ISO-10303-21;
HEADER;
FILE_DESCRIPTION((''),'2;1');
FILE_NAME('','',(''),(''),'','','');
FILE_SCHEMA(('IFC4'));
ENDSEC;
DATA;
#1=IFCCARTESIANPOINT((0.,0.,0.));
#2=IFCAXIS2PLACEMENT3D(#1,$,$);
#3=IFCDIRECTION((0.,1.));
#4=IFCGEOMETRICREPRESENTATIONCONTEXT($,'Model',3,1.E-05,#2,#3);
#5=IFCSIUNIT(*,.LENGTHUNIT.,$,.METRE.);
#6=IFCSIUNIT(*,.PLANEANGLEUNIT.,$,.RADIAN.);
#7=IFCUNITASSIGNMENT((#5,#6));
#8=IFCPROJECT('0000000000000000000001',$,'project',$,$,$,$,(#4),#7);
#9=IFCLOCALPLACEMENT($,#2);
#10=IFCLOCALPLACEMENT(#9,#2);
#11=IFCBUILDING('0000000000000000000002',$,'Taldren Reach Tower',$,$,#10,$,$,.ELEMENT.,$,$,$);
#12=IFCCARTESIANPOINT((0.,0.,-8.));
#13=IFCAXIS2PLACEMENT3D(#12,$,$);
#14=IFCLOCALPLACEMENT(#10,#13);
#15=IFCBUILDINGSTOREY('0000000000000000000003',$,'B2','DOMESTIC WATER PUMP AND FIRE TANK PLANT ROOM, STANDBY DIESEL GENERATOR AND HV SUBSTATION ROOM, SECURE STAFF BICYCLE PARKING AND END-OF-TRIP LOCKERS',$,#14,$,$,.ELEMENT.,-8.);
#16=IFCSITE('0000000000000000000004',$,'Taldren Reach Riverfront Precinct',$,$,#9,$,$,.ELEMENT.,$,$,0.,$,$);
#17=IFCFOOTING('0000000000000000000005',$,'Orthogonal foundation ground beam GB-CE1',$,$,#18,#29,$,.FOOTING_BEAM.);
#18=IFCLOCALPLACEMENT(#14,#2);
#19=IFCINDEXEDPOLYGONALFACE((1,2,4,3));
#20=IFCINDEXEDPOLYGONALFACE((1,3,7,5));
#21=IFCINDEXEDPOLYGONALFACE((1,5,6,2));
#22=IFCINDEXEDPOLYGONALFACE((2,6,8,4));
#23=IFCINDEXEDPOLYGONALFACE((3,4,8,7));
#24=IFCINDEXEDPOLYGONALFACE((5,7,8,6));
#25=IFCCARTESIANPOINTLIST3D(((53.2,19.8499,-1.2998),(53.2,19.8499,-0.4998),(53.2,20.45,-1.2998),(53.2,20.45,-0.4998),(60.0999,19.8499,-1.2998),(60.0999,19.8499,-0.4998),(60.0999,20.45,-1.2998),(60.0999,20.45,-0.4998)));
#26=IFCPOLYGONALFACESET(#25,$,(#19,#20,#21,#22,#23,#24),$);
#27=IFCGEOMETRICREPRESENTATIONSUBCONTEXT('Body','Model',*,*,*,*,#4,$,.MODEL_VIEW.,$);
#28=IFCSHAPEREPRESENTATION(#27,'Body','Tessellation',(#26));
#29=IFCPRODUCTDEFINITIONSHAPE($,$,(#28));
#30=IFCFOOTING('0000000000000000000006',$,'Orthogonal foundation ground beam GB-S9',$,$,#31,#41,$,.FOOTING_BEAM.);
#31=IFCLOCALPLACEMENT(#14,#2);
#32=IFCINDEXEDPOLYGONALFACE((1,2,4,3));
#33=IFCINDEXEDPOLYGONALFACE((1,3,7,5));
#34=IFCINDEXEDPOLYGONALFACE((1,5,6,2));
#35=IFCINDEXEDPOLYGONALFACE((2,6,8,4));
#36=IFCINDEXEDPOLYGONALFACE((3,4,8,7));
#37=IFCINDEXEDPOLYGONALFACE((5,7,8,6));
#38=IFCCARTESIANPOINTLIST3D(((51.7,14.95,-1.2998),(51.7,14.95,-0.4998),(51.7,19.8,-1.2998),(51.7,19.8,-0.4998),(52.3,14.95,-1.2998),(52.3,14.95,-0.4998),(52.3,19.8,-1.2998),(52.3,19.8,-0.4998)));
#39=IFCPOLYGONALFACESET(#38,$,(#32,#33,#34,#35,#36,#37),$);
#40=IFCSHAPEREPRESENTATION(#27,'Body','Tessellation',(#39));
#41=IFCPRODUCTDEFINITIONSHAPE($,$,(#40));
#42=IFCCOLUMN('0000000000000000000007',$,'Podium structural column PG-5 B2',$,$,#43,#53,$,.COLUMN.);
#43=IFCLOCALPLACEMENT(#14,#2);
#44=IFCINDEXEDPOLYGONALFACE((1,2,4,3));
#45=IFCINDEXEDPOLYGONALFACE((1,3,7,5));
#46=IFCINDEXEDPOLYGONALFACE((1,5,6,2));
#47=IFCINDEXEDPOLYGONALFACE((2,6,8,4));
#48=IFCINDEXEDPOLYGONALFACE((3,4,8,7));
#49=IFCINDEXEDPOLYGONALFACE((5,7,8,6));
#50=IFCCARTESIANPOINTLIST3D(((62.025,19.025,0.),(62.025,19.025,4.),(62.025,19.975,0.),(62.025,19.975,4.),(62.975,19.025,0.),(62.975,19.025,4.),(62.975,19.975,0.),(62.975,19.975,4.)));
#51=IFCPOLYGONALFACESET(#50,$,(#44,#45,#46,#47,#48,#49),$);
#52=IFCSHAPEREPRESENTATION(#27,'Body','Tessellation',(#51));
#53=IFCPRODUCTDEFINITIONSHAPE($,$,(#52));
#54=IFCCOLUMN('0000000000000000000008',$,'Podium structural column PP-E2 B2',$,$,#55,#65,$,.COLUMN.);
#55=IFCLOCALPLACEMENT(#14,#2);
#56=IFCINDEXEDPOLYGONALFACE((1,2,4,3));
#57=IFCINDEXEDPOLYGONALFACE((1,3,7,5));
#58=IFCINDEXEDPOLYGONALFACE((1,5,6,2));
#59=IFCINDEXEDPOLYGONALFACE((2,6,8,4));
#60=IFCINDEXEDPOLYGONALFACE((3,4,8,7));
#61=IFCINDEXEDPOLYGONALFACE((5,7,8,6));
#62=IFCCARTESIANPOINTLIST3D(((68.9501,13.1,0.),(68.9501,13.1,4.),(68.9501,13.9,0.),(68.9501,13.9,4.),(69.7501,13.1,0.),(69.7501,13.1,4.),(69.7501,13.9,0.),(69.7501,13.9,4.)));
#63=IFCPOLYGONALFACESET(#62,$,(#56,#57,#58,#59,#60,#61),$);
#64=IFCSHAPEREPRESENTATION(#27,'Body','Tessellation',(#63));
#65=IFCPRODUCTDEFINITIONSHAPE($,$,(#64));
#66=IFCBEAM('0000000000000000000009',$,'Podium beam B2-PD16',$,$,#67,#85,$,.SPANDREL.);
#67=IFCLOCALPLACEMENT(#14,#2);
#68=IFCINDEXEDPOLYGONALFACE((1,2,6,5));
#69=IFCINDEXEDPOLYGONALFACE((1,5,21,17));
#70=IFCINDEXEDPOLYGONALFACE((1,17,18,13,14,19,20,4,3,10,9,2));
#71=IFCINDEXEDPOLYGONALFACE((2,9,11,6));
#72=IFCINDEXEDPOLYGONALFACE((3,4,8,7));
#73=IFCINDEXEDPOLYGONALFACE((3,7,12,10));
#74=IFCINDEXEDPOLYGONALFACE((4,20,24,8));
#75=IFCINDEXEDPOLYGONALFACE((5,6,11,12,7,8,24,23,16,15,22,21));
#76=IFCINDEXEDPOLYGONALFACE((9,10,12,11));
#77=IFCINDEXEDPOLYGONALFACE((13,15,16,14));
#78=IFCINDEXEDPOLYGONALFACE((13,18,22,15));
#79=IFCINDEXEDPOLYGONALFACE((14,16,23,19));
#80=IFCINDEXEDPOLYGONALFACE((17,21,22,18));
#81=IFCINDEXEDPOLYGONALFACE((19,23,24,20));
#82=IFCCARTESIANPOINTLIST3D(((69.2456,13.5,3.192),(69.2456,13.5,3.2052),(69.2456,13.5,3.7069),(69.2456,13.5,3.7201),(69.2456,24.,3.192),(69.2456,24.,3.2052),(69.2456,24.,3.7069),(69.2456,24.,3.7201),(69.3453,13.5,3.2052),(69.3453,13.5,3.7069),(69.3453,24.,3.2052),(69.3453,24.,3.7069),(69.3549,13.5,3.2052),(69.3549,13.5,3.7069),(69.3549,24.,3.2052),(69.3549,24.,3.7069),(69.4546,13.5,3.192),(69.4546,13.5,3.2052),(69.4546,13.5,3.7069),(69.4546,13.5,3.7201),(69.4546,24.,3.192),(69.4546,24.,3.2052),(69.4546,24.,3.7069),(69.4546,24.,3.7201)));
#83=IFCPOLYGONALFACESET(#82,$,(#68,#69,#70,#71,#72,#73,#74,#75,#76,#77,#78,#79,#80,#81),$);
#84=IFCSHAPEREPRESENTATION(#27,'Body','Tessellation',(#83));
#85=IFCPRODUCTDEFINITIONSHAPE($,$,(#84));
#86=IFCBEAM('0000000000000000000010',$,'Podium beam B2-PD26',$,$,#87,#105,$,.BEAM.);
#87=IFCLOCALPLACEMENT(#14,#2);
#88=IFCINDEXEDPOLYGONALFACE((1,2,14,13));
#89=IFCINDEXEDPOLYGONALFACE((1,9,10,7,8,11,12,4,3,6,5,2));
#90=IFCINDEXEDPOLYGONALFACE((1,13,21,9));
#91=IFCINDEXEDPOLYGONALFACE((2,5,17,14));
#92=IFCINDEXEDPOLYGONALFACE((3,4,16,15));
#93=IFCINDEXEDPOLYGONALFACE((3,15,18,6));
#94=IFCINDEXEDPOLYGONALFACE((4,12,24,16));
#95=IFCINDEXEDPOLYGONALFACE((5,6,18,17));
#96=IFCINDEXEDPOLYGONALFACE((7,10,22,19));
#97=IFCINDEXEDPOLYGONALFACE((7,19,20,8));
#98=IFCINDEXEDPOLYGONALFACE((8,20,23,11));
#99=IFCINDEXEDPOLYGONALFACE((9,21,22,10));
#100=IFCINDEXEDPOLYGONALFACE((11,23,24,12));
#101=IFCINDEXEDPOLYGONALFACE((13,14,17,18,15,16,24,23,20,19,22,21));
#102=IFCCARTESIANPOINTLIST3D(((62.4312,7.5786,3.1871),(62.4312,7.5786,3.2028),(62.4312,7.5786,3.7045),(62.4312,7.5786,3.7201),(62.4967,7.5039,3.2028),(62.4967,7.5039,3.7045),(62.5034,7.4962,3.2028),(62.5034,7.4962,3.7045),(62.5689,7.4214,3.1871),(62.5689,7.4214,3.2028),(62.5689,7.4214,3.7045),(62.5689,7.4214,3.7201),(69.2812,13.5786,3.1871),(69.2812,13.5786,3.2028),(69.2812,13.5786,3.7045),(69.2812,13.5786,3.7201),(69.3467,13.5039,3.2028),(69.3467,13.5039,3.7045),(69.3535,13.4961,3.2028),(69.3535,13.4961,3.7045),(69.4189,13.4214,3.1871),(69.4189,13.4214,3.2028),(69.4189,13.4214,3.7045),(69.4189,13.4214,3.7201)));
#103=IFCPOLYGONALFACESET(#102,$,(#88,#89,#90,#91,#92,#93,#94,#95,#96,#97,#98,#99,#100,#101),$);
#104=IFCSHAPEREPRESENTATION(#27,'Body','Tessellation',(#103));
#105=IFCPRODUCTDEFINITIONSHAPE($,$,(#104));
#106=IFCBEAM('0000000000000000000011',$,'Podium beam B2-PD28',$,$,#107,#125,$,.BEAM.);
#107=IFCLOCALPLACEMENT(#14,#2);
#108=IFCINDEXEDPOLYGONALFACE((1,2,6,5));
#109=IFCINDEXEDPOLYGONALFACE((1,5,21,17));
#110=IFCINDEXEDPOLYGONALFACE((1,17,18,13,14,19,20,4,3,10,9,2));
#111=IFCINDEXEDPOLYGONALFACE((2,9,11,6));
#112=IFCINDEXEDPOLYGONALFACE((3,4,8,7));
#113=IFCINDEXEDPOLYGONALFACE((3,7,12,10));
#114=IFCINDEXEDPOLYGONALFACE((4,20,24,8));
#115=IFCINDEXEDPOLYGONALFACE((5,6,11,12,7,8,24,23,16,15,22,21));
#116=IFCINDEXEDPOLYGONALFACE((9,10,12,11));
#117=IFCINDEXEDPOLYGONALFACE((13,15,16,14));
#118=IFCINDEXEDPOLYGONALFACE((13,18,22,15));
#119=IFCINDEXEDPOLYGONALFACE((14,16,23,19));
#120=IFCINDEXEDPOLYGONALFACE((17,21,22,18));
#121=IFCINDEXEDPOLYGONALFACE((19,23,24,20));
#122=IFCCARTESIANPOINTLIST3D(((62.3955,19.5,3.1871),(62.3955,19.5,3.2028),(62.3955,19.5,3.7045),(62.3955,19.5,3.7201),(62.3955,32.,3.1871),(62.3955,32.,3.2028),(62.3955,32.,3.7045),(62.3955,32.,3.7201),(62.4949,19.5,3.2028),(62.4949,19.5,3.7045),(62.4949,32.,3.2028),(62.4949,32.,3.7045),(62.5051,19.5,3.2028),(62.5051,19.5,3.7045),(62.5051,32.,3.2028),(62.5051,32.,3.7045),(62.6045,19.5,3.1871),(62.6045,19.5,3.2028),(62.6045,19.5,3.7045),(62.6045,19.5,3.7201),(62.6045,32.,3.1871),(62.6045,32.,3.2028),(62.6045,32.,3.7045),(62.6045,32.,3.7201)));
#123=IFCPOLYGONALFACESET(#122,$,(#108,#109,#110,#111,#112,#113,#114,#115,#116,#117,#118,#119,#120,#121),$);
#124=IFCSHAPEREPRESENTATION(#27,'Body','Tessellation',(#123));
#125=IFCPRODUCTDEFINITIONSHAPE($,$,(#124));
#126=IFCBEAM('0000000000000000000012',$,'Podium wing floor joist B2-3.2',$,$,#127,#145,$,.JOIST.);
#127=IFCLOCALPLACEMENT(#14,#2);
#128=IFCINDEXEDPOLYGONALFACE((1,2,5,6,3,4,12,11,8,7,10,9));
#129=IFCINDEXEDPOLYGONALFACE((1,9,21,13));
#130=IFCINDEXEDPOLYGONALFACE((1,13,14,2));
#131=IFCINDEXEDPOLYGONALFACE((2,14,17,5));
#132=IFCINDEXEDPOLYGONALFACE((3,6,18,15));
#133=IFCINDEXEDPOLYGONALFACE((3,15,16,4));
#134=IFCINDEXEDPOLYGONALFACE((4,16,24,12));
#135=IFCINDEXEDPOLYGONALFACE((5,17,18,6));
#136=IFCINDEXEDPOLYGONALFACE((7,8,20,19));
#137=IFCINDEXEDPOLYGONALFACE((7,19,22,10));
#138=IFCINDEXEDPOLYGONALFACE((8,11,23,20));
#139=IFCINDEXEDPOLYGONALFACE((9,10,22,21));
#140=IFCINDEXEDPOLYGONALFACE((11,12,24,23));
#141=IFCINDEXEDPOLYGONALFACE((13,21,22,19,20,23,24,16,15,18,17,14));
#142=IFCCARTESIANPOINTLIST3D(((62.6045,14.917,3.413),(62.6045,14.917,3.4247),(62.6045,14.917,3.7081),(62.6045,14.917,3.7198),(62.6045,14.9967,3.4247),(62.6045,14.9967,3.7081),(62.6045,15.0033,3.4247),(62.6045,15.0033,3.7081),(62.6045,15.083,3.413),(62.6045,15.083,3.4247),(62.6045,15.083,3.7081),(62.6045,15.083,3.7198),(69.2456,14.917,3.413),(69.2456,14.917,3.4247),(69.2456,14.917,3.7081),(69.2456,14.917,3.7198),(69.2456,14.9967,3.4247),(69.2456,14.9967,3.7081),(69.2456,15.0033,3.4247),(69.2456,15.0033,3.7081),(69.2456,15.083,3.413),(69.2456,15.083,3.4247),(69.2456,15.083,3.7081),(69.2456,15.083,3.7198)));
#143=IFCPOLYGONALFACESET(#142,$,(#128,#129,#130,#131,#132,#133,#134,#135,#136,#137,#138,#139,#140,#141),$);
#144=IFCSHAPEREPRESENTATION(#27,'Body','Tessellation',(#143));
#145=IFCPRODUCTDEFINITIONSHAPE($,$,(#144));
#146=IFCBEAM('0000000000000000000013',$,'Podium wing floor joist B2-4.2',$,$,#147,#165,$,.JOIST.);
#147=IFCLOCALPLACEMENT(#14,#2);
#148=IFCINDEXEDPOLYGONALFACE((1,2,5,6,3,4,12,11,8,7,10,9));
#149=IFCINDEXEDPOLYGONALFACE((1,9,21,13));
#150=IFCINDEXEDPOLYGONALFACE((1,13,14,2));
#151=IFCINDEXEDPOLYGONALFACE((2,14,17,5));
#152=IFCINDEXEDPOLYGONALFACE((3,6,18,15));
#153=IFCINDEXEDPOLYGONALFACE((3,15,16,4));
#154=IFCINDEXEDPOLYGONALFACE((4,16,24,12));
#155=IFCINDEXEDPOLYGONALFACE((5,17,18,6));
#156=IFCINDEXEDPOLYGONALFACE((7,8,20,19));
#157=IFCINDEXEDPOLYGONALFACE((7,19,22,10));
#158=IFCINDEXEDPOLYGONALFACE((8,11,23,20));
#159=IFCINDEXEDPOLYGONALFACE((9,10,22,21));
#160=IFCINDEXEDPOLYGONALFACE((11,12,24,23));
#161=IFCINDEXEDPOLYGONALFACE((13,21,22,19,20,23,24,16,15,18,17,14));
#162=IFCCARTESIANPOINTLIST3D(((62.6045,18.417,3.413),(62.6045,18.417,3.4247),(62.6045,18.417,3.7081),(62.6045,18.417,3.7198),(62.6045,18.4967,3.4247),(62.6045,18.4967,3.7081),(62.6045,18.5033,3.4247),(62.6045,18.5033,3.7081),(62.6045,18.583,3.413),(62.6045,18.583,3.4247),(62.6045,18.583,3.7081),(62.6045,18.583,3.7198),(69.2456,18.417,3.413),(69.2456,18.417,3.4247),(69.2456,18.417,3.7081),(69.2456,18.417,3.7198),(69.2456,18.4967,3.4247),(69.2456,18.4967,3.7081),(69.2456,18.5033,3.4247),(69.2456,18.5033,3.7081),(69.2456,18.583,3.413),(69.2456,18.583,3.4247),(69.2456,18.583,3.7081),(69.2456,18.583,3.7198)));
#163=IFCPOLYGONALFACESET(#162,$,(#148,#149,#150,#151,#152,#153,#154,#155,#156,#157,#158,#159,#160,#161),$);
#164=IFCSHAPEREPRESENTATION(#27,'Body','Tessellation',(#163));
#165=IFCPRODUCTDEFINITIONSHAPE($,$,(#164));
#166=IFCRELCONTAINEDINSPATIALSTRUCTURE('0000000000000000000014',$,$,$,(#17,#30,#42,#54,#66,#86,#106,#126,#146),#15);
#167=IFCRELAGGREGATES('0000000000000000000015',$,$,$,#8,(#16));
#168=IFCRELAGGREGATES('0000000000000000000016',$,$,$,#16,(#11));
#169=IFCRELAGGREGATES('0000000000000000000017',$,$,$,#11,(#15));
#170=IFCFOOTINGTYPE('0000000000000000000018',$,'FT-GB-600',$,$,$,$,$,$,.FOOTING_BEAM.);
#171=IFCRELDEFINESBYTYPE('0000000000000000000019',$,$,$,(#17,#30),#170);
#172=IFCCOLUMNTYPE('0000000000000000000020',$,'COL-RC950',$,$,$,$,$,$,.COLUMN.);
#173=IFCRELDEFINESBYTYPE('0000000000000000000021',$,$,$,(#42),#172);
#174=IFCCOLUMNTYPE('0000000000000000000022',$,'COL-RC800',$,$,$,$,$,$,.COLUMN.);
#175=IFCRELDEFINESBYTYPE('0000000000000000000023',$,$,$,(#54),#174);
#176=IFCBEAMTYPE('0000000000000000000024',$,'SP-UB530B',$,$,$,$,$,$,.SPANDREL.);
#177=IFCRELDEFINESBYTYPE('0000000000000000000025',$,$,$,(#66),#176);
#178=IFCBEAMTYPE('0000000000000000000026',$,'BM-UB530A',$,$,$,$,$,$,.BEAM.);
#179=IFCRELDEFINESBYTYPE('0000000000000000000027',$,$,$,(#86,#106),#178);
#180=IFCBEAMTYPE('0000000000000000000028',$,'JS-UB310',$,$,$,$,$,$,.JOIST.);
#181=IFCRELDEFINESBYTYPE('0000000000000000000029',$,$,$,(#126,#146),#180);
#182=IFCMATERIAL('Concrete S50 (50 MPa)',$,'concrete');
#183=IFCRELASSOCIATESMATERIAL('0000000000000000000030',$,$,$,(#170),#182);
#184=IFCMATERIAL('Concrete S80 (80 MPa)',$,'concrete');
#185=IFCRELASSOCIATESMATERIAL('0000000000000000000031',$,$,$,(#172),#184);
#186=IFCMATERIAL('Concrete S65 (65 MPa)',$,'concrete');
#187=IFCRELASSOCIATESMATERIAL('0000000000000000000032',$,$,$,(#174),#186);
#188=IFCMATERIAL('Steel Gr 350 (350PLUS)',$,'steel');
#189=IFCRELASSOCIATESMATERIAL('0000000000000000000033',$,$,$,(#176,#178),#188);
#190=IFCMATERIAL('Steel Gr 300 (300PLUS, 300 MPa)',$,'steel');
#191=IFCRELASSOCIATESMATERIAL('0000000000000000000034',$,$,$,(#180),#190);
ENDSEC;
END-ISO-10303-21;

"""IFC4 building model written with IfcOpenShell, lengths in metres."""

from ifc_helpers import new_model, si_unit, direction, frame, origin, origin_2d, place, context, subcontext, project, spatial, rectangle, i_section, extrude, source, transform, mapped, material, material_profile, profile_set, type_object, element, save


model = new_model("IFC4")

# Units and contexts
model_context = context("Model", 3, precision=1e-05, world=origin(), true_north=direction((0.0, 1.0)))
body_context = subcontext(model_context, "Body", "Model", "MODEL_VIEW")
ifc_project = project(units=[si_unit("LENGTHUNIT", "METRE"), si_unit("PLANEANGLEUNIT", "RADIAN")], contexts=[model_context])

# Site, building, storey
site_placement = place(None, origin())
site = spatial("IfcSite", under=ifc_project, at=site_placement, Name="Taldren Reach Riverfront Precinct", CompositionType="ELEMENT", RefElevation=0.0)
building_placement = place(site_placement, origin())
building = spatial("IfcBuilding", under=site, at=building_placement, Name="Taldren Reach Tower", CompositionType="ELEMENT")
storey_placement = place(building_placement, frame((0.0, 0.0, -8.0)))
storey = spatial("IfcBuildingStorey", under=building, at=storey_placement, Name="B2", Description="DOMESTIC WATER PUMP AND FIRE TANK PLANT ROOM, STANDBY DIESEL GENERATOR AND HV SUBSTATION ROOM, SECURE STAFF BICYCLE PARKING AND END-OF-TRIP LOCKERS", CompositionType="ELEMENT", Elevation=-8.0)

# Shared definitions
ifc_material_1 = material(Name="Concrete S65 (65 MPa)", Category="concrete")

# Footings
ifc_material_2 = material(Name="Concrete S50 (50 MPa)", Category="concrete")
footing_type_1 = type_object("IfcFootingType", Name="FT-GB-600", PredefinedType="FOOTING_BEAM", material=ifc_material_2)
shared_shape_1 = source(origin(), body_context, "Body", "SweptSolid", [
    extrude(rectangle(XDim=6.8999, YDim=0.6001, at=origin_2d()), origin(), (0.0, 0.0, 1.0), 0.8),
])
footing_1_placement = place(storey_placement, frame((56.6499, 20.1499, -1.2998), z_axis=(0.0, 0.0, 1.0), x_axis=(1.0, 0.0, 0.0)))
element("IfcFooting", 1, at=footing_1_placement, inside=storey, type_object=footing_type_1, Name="Orthogonal foundation ground beam GB-CE1", PredefinedType="FOOTING_BEAM", context=body_context, shape_type="MappedRepresentation", body=[
    mapped(shared_shape_1, transform((0.0, 0.0, 0.0), scale=1.0)),
])
shared_shape_2 = source(origin(), body_context, "Body", "SweptSolid", [
    extrude(rectangle(XDim=4.8501, YDim=0.6001, at=origin_2d()), origin(), (0.0, 0.0, 1.0), 0.8),
])
footing_2_placement = place(storey_placement, frame((52.0, 17.375, -1.2998), z_axis=(0.0, 0.0, 1.0), x_axis=(0.0, 1.0, 0.0)))
element("IfcFooting", 2, at=footing_2_placement, inside=storey, type_object=footing_type_1, Name="Orthogonal foundation ground beam GB-S9", PredefinedType="FOOTING_BEAM", context=body_context, shape_type="MappedRepresentation", body=[
    mapped(shared_shape_2, transform((0.0, 0.0, 0.0), scale=1.0)),
])

# Columns
ifc_material_3 = material(Name="Concrete S80 (80 MPa)", Category="concrete")
ifc_material_profile_1 = material_profile(ifc_material_3, rectangle(XDim=0.95, YDim=0.95, at=origin_2d()), Name="RC-950x950")
ifc_profile_set_1 = profile_set([ifc_material_profile_1], Name="Concrete S80 (80 MPa)")
column_type_1 = type_object("IfcColumnType", Name="COL-RC950", PredefinedType="COLUMN", material=ifc_profile_set_1)
shared_shape_3 = source(origin(), body_context, "Body", "SweptSolid", [
    extrude(rectangle(XDim=0.95, YDim=0.95, at=origin_2d()), origin(), (0.0, 0.0, 1.0), 4.0),
])
column_1_placement = place(storey_placement, frame((62.5, 19.5, 0.0), z_axis=(0.0, 0.0, 1.0), x_axis=(1.0, 0.0, 0.0)))
element("IfcColumn", 3, at=column_1_placement, inside=storey, type_object=column_type_1, Name="Podium structural column PG-5 B2", PredefinedType="COLUMN", context=body_context, shape_type="MappedRepresentation", body=[
    mapped(shared_shape_3, transform((0.0, 0.0, 0.0), scale=1.0)),
])
ifc_material_profile_2 = material_profile(ifc_material_1, rectangle(XDim=0.8, YDim=0.8, at=origin_2d()), Name="RC-800x800")
ifc_profile_set_2 = profile_set([ifc_material_profile_2], Name="Concrete S65 (65 MPa)")
column_type_2 = type_object("IfcColumnType", Name="COL-RC800", PredefinedType="COLUMN", material=ifc_profile_set_2)
shared_shape_4 = source(origin(), body_context, "Body", "SweptSolid", [
    extrude(rectangle(XDim=0.8, YDim=0.8, at=origin_2d()), origin(), (0.0, 0.0, 1.0), 4.0),
])
column_2_placement = place(storey_placement, frame((69.3501, 13.5, 0.0), z_axis=(0.0, 0.0, 1.0), x_axis=(1.0, 0.0, 0.0)))
element("IfcColumn", 4, at=column_2_placement, inside=storey, type_object=column_type_2, Name="Podium structural column PP-E2 B2", PredefinedType="COLUMN", context=body_context, shape_type="MappedRepresentation", body=[
    mapped(shared_shape_4, transform((0.0, 0.0, 0.0), scale=1.0)),
])

# Beams
ifc_material_4 = material(Name="Steel Gr 350 (350PLUS)", Category="steel")
ifc_material_profile_3 = material_profile(ifc_material_4, i_section(OverallWidth=0.209, OverallDepth=0.5281, WebThickness=0.0095, FlangeThickness=0.0132, at=origin_2d()), Name="530UB82.0")
ifc_profile_set_3 = profile_set([ifc_material_profile_3], Name="Steel Gr 350 (350PLUS)")
beam_type_1 = type_object("IfcBeamType", Name="SP-UB530B", PredefinedType="SPANDREL", material=ifc_profile_set_3)
shared_shape_5 = source(origin(), body_context, "Body", "SweptSolid", [
    extrude(i_section(OverallWidth=0.209, OverallDepth=0.5281, WebThickness=0.0095, FlangeThickness=0.0132, at=origin_2d()), origin(), (0.0, 0.0, 1.0), 10.5),
])
beam_1_placement = place(storey_placement, frame((69.3501, 13.5, 3.4561), z_axis=(0.0, 1.0, 0.0), x_axis=(-1.0, 0.0, 0.0)))
element("IfcBeam", 5, at=beam_1_placement, inside=storey, type_object=beam_type_1, Name="Podium beam B2-PD16", PredefinedType="SPANDREL", context=body_context, shape_type="MappedRepresentation", body=[
    mapped(shared_shape_5, transform((0.0, 0.0, 0.0), scale=1.0)),
])
ifc_material_profile_4 = material_profile(ifc_material_4, i_section(OverallWidth=0.209, OverallDepth=0.533, WebThickness=0.0103, FlangeThickness=0.0156, at=origin_2d()), Name="530UB92.4")
ifc_profile_set_4 = profile_set([ifc_material_profile_4], Name="Steel Gr 350 (350PLUS)")
beam_type_2 = type_object("IfcBeamType", Name="BM-UB530A", PredefinedType="BEAM", material=ifc_profile_set_4)
shared_shape_6 = source(origin(), body_context, "Body", "SweptSolid", [
    extrude(i_section(OverallWidth=0.209, OverallDepth=0.533, WebThickness=0.0103, FlangeThickness=0.0156, at=origin_2d()), origin(), (0.0, 0.0, 1.0), 9.1062),
])
beam_2_placement = place(storey_placement, frame((69.3501, 13.5, 3.4536), z_axis=(-0.752241, -0.658888, 0.0), x_axis=(0.658888, -0.752241, 0.0)))
element("IfcBeam", 6, at=beam_2_placement, inside=storey, type_object=beam_type_2, Name="Podium beam B2-PD26", PredefinedType="BEAM", context=body_context, shape_type="MappedRepresentation", body=[
    mapped(shared_shape_6, transform((0.0, 0.0, 0.0), scale=1.0)),
])
shared_shape_7 = source(origin(), body_context, "Body", "SweptSolid", [
    extrude(i_section(OverallWidth=0.209, OverallDepth=0.533, WebThickness=0.0103, FlangeThickness=0.0156, at=origin_2d()), origin(), (0.0, 0.0, 1.0), 12.5),
])
beam_3_placement = place(storey_placement, frame((62.5, 19.5, 3.4536), z_axis=(0.0, 1.0, 0.0), x_axis=(-1.0, 0.0, 0.0)))
element("IfcBeam", 7, at=beam_3_placement, inside=storey, type_object=beam_type_2, Name="Podium beam B2-PD28", PredefinedType="BEAM", context=body_context, shape_type="MappedRepresentation", body=[
    mapped(shared_shape_7, transform((0.0, 0.0, 0.0), scale=1.0)),
])
ifc_material_5 = material(Name="Steel Gr 300 (300PLUS, 300 MPa)", Category="steel")
ifc_material_profile_5 = material_profile(ifc_material_5, i_section(OverallWidth=0.166, OverallDepth=0.3069, WebThickness=0.0066, FlangeThickness=0.0117, at=origin_2d()), Name="310UB46.2")
ifc_profile_set_5 = profile_set([ifc_material_profile_5], Name="Steel Gr 300 (300PLUS, 300 MPa)")
beam_type_3 = type_object("IfcBeamType", Name="JS-UB310", PredefinedType="JOIST", material=ifc_profile_set_5)
shared_shape_8 = source(origin(), body_context, "Body", "SweptSolid", [
    extrude(i_section(OverallWidth=0.166, OverallDepth=0.3069, WebThickness=0.0066, FlangeThickness=0.0117, at=origin_2d()), origin(), (0.0, 0.0, 1.0), 6.6411),
])
for number, where, z_axis, x_axis, name in (
    (8, (62.6045, 15.0, 3.5664), (1.0, 0.0, 0.0), (0.0, 1.0, 0.0), "Podium wing floor joist B2-3.2"),
    (9, (62.6045, 18.5, 3.5664), (1.0, 0.0, 0.0), (0.0, 1.0, 0.0), "Podium wing floor joist B2-4.2"),
):
    element("IfcBeam", number, at=place(storey_placement, frame(where, z_axis=z_axis, x_axis=x_axis)), inside=storey, type_object=beam_type_3, Name=name, PredefinedType="JOIST", context=body_context, shape_type="MappedRepresentation", body=[
        mapped(shared_shape_8, transform((0.0, 0.0, 0.0), scale=1.0)),
    ])

save(model, "model.ifc")
